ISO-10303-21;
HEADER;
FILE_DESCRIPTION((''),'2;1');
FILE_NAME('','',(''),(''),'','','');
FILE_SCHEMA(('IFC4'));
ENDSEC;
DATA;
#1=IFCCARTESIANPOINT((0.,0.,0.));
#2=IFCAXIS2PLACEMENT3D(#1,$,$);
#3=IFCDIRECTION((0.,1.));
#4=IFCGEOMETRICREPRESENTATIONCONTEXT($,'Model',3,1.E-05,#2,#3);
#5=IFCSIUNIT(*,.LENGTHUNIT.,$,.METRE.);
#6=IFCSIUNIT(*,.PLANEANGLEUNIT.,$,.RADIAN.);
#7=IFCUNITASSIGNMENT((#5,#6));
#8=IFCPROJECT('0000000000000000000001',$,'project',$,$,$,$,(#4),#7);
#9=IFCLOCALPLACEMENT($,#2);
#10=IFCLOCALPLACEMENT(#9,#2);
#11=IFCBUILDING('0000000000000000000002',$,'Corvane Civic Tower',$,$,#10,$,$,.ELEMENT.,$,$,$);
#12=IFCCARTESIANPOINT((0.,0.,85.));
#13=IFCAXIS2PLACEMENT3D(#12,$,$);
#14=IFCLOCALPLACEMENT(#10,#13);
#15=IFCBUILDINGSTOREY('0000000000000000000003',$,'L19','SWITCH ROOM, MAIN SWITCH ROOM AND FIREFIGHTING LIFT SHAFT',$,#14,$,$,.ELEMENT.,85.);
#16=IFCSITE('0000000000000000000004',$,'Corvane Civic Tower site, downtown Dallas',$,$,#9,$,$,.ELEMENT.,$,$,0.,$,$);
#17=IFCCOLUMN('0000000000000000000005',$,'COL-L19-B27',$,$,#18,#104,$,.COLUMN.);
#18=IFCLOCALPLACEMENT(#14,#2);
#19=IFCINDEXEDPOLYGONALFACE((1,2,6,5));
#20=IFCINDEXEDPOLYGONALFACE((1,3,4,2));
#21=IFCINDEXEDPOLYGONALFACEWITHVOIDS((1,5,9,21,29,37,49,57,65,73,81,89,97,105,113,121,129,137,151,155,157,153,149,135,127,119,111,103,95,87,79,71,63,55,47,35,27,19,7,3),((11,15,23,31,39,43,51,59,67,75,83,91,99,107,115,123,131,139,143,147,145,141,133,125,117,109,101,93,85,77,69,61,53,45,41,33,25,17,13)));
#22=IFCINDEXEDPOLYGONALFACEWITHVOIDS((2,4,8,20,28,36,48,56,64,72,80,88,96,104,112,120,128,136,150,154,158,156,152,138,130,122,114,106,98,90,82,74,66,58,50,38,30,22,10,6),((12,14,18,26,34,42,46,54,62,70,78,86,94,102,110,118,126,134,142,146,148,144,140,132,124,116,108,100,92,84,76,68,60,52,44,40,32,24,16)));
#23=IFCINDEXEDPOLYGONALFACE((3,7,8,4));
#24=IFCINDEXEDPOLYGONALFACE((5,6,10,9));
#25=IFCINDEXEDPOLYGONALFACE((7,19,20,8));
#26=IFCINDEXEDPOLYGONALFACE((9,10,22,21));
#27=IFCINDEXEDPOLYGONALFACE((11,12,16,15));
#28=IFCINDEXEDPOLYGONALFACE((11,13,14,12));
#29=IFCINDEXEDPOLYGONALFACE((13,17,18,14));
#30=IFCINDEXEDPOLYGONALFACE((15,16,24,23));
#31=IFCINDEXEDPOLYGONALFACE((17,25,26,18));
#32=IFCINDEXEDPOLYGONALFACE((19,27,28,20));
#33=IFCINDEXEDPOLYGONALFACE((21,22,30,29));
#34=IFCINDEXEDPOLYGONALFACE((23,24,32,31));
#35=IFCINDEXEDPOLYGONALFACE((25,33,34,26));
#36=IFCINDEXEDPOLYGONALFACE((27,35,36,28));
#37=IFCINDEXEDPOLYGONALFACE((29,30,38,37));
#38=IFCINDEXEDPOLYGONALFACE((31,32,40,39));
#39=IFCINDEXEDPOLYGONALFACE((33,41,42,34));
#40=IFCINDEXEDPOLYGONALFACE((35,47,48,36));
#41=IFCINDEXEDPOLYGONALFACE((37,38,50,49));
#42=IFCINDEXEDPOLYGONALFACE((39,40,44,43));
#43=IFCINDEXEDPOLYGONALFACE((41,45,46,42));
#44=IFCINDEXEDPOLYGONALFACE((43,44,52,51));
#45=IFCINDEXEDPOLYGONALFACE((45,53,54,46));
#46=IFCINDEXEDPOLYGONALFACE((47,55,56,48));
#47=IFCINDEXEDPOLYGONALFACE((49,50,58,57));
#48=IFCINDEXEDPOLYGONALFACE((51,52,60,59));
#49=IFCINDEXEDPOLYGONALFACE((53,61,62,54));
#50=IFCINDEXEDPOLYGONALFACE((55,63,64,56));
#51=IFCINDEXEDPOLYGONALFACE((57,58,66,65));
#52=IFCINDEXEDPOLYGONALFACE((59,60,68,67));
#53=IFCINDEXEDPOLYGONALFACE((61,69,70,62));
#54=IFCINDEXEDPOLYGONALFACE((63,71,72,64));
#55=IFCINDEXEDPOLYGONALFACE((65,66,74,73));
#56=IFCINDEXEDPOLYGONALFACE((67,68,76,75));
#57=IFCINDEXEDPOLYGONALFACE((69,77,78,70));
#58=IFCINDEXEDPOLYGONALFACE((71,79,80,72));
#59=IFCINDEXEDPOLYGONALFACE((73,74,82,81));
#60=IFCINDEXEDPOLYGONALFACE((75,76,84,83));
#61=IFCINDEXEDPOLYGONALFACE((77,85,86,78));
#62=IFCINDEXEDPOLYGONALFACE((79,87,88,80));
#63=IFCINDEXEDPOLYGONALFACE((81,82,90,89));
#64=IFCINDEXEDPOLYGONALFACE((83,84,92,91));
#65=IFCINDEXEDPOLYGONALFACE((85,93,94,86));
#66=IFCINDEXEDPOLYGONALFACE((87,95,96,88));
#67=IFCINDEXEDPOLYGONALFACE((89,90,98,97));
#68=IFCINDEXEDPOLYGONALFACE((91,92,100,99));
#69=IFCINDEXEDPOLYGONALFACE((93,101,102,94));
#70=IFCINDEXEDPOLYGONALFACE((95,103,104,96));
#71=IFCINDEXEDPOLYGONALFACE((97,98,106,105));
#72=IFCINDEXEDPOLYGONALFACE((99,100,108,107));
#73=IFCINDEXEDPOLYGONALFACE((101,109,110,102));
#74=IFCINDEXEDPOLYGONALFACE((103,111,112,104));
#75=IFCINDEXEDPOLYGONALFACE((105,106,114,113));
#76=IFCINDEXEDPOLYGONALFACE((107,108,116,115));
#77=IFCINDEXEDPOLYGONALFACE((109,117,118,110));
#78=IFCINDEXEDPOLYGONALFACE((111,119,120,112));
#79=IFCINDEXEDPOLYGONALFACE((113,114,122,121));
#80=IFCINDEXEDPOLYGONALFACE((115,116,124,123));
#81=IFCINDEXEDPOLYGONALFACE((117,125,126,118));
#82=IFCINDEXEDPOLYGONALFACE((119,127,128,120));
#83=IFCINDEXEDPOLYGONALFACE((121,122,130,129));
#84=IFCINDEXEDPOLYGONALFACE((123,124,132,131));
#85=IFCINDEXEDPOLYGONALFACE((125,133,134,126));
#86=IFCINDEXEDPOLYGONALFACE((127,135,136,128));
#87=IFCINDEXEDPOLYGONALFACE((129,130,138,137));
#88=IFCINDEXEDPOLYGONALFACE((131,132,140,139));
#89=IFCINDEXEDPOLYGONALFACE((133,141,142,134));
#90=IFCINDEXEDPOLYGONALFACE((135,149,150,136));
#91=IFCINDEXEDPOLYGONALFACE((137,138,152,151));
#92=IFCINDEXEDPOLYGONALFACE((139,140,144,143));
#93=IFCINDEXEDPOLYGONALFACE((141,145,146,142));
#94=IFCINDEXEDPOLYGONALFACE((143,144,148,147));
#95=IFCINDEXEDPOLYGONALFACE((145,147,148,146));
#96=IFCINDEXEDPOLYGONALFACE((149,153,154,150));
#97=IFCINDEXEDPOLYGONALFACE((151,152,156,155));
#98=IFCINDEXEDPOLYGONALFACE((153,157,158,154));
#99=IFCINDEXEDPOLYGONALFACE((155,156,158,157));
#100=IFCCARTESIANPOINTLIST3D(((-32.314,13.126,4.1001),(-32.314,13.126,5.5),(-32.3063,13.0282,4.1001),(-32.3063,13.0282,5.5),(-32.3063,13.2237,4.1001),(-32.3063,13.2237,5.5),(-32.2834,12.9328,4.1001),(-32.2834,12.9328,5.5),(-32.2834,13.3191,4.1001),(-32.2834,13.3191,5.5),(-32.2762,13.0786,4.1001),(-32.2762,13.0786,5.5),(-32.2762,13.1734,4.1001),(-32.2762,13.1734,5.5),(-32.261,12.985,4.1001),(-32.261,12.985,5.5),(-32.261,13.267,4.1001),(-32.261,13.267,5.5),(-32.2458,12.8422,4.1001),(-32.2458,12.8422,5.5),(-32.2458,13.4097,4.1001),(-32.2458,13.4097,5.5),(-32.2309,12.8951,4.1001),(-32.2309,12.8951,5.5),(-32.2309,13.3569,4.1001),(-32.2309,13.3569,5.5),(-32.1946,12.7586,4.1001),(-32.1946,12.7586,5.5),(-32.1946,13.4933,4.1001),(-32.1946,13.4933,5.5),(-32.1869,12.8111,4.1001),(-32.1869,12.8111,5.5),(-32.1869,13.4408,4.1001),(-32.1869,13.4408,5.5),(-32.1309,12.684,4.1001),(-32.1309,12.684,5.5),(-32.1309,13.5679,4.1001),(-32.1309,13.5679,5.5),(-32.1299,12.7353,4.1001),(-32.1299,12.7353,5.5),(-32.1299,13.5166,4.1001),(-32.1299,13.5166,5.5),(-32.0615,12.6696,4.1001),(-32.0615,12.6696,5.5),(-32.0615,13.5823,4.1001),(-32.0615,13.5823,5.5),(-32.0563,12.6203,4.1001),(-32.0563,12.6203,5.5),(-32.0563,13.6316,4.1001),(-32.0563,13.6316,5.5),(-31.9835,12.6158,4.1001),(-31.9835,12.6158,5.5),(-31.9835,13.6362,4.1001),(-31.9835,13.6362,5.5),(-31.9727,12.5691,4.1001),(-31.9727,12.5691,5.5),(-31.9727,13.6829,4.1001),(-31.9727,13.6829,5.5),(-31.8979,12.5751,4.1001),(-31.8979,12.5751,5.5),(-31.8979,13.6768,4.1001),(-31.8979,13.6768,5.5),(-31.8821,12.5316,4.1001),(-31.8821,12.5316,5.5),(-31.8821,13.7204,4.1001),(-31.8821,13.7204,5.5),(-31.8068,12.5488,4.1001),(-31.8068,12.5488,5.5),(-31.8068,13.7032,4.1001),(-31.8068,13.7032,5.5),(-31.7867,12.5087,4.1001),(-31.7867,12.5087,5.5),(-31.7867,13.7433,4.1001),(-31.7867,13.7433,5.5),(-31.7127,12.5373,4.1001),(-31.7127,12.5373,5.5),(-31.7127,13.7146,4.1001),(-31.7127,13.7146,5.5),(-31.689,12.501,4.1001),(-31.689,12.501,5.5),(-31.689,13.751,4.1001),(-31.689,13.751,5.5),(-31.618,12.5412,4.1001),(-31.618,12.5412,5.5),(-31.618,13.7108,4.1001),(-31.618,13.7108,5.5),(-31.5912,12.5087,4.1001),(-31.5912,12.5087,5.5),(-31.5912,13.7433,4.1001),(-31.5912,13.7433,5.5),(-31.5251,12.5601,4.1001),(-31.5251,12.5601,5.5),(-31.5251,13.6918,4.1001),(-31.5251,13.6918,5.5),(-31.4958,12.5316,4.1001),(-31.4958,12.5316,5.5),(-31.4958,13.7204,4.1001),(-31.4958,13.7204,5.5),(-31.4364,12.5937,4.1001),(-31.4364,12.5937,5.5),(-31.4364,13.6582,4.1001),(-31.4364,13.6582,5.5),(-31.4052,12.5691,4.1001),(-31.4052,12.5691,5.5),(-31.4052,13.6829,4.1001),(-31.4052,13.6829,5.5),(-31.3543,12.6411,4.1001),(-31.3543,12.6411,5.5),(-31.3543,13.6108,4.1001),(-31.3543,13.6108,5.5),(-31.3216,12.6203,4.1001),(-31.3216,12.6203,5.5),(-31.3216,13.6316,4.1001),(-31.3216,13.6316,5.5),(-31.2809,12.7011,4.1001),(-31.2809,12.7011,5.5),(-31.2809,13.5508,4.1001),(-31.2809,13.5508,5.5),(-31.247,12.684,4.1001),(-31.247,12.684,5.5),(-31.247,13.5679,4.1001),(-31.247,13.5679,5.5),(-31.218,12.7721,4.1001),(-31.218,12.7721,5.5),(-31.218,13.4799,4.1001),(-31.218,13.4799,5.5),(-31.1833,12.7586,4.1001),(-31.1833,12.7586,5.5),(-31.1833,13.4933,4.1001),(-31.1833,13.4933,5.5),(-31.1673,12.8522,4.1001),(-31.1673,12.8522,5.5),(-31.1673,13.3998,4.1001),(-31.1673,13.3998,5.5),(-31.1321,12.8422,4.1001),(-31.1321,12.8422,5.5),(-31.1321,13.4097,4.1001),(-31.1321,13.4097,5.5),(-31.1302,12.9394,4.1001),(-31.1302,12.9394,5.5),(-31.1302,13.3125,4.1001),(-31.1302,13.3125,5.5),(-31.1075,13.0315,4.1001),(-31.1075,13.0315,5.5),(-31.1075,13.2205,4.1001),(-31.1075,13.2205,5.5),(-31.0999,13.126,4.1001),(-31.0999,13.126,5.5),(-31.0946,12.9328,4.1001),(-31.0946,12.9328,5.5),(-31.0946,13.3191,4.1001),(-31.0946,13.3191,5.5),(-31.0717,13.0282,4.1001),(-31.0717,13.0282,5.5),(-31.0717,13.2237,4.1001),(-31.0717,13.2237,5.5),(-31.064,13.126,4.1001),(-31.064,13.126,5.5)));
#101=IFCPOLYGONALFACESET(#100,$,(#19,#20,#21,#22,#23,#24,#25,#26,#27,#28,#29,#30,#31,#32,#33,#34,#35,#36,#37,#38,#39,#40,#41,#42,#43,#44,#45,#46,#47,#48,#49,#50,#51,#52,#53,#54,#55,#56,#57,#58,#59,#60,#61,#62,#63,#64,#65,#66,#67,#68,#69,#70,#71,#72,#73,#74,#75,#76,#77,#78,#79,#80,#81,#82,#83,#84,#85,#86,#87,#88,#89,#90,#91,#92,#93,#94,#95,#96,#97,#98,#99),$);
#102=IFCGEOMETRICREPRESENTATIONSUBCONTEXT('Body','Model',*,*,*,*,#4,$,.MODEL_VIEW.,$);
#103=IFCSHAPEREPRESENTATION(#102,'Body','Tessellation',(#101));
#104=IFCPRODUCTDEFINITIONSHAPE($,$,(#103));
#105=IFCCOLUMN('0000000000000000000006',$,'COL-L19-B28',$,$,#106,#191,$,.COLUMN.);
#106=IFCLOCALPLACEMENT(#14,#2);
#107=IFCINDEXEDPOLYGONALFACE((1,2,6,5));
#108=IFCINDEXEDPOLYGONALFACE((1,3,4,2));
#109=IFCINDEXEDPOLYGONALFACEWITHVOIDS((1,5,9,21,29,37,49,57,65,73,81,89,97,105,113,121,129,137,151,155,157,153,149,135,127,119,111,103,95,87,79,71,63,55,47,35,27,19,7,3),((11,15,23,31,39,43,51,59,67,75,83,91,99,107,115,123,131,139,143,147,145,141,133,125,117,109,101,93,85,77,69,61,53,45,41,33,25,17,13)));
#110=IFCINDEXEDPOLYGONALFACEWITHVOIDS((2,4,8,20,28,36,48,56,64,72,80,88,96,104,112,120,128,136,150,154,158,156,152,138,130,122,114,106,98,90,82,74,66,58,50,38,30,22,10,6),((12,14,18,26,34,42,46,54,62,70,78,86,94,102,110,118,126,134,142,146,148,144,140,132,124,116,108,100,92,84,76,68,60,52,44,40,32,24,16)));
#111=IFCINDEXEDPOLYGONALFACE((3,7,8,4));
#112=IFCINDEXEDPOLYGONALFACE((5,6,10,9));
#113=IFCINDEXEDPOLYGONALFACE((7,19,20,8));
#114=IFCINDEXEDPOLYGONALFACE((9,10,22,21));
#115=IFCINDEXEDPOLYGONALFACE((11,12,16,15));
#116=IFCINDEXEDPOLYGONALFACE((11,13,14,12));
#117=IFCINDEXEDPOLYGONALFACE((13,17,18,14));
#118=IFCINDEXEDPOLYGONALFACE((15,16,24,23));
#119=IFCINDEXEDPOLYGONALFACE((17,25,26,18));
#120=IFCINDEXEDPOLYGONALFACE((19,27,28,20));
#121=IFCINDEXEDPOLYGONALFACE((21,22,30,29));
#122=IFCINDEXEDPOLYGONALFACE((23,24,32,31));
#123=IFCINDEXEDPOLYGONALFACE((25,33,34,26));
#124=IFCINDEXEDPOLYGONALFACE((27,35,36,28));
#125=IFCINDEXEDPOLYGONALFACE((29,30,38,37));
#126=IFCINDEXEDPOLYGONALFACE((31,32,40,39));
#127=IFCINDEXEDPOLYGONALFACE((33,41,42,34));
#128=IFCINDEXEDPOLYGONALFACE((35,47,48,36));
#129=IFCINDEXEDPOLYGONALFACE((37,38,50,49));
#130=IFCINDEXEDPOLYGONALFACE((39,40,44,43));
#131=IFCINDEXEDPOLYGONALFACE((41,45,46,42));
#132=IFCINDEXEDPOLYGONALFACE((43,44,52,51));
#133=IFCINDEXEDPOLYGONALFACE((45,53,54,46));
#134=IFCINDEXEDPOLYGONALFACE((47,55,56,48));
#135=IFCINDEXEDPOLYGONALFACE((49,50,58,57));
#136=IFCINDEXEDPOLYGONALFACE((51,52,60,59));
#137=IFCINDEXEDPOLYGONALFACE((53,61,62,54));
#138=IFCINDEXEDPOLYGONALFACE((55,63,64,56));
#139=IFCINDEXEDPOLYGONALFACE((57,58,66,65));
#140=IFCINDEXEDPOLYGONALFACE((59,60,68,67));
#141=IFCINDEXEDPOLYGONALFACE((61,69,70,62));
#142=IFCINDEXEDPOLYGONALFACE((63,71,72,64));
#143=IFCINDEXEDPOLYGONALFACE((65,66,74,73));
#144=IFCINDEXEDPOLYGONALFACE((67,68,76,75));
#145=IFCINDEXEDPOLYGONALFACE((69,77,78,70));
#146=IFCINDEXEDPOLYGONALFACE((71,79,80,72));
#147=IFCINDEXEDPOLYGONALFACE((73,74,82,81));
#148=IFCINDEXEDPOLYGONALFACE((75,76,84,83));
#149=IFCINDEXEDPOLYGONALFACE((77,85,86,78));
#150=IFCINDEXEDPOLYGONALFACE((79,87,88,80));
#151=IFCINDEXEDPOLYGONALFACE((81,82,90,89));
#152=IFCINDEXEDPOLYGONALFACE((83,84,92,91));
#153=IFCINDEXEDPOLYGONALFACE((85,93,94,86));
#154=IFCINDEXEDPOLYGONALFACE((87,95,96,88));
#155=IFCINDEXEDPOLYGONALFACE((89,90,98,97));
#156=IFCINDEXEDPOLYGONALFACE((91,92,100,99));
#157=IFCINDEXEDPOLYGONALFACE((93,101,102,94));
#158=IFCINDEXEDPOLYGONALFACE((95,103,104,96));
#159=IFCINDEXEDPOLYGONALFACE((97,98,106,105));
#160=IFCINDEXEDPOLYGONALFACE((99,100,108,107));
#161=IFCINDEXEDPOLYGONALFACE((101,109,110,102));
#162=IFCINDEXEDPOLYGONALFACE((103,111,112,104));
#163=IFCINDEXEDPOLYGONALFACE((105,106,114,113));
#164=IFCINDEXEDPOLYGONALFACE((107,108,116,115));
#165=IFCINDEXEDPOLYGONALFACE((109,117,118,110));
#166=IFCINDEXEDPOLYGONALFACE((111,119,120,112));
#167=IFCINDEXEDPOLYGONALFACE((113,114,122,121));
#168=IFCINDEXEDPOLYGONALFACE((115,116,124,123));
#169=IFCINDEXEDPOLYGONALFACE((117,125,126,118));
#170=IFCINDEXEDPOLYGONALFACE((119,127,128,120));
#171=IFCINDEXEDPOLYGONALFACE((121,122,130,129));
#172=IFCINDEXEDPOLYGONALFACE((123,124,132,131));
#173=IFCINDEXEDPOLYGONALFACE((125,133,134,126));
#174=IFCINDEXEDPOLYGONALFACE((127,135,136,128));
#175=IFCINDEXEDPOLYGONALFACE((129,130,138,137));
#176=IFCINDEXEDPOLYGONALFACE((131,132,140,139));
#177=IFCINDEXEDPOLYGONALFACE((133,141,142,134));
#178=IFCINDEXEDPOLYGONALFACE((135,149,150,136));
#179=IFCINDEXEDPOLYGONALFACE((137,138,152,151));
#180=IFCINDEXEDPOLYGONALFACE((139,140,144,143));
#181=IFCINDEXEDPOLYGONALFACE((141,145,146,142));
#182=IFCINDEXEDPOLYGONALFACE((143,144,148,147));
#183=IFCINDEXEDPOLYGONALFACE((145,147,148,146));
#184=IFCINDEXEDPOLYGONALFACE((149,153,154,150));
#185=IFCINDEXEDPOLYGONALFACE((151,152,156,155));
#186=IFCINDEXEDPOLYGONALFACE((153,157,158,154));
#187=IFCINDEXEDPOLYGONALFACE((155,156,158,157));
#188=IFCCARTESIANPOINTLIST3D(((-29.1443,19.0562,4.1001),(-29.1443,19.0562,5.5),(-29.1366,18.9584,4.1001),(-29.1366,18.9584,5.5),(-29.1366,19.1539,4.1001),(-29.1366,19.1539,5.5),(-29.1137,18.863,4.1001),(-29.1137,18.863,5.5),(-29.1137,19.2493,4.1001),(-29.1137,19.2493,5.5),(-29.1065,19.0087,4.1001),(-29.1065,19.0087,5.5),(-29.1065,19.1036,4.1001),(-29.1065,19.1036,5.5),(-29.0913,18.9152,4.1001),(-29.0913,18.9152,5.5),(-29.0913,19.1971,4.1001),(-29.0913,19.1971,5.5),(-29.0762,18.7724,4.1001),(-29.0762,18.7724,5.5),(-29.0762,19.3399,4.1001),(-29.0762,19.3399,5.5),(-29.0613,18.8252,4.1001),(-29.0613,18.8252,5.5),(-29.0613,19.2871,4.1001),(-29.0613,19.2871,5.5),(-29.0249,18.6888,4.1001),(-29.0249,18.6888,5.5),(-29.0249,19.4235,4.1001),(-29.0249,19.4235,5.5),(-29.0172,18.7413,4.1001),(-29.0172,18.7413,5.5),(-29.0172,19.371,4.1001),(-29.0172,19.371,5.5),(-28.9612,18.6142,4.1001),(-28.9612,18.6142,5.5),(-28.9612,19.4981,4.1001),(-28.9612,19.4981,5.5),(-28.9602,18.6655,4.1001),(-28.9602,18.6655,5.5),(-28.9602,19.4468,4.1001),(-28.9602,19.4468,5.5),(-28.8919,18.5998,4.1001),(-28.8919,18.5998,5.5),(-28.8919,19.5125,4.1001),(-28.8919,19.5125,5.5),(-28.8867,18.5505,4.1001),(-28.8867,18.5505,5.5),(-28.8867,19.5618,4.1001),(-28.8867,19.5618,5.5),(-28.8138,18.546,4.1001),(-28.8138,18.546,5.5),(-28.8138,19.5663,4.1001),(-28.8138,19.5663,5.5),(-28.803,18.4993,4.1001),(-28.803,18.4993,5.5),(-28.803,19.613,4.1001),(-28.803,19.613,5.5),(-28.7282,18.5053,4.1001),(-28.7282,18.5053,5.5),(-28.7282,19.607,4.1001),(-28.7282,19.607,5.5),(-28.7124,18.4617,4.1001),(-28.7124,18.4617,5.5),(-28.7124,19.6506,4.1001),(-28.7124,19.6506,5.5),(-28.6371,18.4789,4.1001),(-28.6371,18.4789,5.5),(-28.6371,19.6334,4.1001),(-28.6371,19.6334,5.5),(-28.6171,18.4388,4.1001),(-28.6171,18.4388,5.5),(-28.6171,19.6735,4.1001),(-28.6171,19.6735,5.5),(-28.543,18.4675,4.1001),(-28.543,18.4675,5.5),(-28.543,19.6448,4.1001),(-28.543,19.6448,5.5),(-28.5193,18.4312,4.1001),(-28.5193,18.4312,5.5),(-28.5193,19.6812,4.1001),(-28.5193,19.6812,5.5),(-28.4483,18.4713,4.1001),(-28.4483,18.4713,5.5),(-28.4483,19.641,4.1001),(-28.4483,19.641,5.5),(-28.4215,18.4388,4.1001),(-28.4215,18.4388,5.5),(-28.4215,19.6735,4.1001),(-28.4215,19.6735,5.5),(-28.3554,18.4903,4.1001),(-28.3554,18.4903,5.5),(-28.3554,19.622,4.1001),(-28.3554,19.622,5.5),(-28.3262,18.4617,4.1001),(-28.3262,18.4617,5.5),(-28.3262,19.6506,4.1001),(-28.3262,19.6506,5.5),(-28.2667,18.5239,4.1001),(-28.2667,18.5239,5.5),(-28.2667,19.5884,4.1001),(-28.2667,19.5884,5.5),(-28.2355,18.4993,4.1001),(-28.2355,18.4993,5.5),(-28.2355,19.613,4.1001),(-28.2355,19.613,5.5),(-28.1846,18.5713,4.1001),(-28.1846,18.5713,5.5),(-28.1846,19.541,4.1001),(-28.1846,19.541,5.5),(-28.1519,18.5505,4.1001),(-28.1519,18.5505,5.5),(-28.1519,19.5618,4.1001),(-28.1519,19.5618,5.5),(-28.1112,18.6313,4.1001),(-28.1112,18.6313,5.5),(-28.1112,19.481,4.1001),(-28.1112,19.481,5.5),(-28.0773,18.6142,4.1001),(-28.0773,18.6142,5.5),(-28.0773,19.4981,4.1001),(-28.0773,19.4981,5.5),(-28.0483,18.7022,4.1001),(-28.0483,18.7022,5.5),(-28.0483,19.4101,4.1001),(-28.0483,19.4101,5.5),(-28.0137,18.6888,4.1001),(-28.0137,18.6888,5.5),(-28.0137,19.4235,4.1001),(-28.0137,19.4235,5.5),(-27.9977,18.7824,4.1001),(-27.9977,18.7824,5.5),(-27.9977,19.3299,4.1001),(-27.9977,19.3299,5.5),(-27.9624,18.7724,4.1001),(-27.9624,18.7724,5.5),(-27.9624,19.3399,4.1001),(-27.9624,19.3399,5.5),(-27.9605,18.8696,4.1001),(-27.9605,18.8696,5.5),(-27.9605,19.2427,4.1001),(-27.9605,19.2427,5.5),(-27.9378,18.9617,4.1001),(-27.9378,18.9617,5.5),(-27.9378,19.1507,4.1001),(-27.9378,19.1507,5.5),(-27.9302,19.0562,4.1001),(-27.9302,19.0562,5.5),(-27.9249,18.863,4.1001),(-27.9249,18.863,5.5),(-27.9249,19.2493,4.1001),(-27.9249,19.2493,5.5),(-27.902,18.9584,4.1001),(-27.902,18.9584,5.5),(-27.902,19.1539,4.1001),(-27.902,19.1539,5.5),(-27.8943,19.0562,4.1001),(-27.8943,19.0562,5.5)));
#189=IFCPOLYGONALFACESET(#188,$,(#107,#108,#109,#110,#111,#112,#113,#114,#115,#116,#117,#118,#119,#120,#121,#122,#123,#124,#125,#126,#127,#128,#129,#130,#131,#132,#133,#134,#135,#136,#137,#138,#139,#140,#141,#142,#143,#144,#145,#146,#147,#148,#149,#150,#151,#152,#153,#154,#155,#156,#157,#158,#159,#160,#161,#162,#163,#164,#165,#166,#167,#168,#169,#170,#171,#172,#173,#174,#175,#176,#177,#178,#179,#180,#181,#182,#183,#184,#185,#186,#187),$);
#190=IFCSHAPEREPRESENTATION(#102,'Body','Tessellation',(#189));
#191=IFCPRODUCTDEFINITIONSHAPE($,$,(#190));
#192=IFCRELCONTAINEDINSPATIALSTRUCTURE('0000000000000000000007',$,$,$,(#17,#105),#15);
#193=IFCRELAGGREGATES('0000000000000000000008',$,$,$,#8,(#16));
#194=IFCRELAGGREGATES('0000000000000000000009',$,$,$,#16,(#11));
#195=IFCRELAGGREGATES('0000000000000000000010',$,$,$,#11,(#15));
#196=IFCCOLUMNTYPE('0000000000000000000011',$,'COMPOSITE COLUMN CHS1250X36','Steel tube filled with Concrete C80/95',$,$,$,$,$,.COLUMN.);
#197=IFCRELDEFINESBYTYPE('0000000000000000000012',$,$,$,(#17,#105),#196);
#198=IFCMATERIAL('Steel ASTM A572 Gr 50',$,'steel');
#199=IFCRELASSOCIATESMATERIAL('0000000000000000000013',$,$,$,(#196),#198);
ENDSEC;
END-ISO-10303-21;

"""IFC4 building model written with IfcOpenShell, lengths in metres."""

from ifc_helpers import new_model, si_unit, direction, frame, origin, origin_2d, place, context, subcontext, project, spatial, hollow_circle, extrude, material, material_profile, profile_set, type_object, element, save


model = new_model("IFC4")

# Units and contexts
model_context = context("Model", 3, precision=1e-05, world=origin(), true_north=direction((0.0, 1.0)))
body_context = subcontext(model_context, "Body", "Model", "MODEL_VIEW")
ifc_project = project(units=[si_unit("LENGTHUNIT", "METRE"), si_unit("PLANEANGLEUNIT", "RADIAN")], contexts=[model_context])

# Site, building, storey
site_placement = place(None, origin())
site = spatial("IfcSite", under=ifc_project, at=site_placement, Name="Corvane Civic Tower site, downtown Dallas", CompositionType="ELEMENT", RefElevation=0.0)
building_placement = place(site_placement, origin())
building = spatial("IfcBuilding", under=site, at=building_placement, Name="Corvane Civic Tower", CompositionType="ELEMENT")
storey_placement = place(building_placement, frame((0.0, 0.0, 85.0)))
storey = spatial("IfcBuildingStorey", under=building, at=storey_placement, Name="L19", Description="SWITCH ROOM, MAIN SWITCH ROOM AND FIREFIGHTING LIFT SHAFT", CompositionType="ELEMENT", Elevation=85.0)

# Columns
ifc_material_1 = material(Name="Steel ASTM A572 Gr 50", Category="steel")
ifc_material_profile_1 = material_profile(ifc_material_1, hollow_circle(Radius=0.625, WallThickness=0.0359, at=origin_2d()), Name="CHS1250X36")
ifc_profile_set_1 = profile_set([ifc_material_profile_1], Name="Steel ASTM A572 Gr 50")
column_type_1 = type_object("IfcColumnType", Name="COMPOSITE COLUMN CHS1250X36", Description="Steel tube filled with Concrete C80/95", PredefinedType="COLUMN", material=ifc_profile_set_1)
for number, where, z_axis, x_axis, name in (
    (1, (-31.689, 13.126, 4.1001), (0.0, 0.0, 1.0), (1.0, 0.0, 0.0), "COL-L19-B27"),
    (2, (-28.5193, 19.0562, 4.1001), (0.0, 0.0, 1.0), (1.0, 0.0, 0.0), "COL-L19-B28"),
):
    element("IfcColumn", number, at=place(storey_placement, frame(where, z_axis=z_axis, x_axis=x_axis)), inside=storey, type_object=column_type_1, Name=name, PredefinedType="COLUMN", context=body_context, shape_type="SweptSolid", body=[
        extrude(hollow_circle(Radius=0.625, WallThickness=0.0359, at=origin_2d()), origin(), (0.0, 0.0, 1.0), 1.3999),
    ])

save(model, "model.ifc")
